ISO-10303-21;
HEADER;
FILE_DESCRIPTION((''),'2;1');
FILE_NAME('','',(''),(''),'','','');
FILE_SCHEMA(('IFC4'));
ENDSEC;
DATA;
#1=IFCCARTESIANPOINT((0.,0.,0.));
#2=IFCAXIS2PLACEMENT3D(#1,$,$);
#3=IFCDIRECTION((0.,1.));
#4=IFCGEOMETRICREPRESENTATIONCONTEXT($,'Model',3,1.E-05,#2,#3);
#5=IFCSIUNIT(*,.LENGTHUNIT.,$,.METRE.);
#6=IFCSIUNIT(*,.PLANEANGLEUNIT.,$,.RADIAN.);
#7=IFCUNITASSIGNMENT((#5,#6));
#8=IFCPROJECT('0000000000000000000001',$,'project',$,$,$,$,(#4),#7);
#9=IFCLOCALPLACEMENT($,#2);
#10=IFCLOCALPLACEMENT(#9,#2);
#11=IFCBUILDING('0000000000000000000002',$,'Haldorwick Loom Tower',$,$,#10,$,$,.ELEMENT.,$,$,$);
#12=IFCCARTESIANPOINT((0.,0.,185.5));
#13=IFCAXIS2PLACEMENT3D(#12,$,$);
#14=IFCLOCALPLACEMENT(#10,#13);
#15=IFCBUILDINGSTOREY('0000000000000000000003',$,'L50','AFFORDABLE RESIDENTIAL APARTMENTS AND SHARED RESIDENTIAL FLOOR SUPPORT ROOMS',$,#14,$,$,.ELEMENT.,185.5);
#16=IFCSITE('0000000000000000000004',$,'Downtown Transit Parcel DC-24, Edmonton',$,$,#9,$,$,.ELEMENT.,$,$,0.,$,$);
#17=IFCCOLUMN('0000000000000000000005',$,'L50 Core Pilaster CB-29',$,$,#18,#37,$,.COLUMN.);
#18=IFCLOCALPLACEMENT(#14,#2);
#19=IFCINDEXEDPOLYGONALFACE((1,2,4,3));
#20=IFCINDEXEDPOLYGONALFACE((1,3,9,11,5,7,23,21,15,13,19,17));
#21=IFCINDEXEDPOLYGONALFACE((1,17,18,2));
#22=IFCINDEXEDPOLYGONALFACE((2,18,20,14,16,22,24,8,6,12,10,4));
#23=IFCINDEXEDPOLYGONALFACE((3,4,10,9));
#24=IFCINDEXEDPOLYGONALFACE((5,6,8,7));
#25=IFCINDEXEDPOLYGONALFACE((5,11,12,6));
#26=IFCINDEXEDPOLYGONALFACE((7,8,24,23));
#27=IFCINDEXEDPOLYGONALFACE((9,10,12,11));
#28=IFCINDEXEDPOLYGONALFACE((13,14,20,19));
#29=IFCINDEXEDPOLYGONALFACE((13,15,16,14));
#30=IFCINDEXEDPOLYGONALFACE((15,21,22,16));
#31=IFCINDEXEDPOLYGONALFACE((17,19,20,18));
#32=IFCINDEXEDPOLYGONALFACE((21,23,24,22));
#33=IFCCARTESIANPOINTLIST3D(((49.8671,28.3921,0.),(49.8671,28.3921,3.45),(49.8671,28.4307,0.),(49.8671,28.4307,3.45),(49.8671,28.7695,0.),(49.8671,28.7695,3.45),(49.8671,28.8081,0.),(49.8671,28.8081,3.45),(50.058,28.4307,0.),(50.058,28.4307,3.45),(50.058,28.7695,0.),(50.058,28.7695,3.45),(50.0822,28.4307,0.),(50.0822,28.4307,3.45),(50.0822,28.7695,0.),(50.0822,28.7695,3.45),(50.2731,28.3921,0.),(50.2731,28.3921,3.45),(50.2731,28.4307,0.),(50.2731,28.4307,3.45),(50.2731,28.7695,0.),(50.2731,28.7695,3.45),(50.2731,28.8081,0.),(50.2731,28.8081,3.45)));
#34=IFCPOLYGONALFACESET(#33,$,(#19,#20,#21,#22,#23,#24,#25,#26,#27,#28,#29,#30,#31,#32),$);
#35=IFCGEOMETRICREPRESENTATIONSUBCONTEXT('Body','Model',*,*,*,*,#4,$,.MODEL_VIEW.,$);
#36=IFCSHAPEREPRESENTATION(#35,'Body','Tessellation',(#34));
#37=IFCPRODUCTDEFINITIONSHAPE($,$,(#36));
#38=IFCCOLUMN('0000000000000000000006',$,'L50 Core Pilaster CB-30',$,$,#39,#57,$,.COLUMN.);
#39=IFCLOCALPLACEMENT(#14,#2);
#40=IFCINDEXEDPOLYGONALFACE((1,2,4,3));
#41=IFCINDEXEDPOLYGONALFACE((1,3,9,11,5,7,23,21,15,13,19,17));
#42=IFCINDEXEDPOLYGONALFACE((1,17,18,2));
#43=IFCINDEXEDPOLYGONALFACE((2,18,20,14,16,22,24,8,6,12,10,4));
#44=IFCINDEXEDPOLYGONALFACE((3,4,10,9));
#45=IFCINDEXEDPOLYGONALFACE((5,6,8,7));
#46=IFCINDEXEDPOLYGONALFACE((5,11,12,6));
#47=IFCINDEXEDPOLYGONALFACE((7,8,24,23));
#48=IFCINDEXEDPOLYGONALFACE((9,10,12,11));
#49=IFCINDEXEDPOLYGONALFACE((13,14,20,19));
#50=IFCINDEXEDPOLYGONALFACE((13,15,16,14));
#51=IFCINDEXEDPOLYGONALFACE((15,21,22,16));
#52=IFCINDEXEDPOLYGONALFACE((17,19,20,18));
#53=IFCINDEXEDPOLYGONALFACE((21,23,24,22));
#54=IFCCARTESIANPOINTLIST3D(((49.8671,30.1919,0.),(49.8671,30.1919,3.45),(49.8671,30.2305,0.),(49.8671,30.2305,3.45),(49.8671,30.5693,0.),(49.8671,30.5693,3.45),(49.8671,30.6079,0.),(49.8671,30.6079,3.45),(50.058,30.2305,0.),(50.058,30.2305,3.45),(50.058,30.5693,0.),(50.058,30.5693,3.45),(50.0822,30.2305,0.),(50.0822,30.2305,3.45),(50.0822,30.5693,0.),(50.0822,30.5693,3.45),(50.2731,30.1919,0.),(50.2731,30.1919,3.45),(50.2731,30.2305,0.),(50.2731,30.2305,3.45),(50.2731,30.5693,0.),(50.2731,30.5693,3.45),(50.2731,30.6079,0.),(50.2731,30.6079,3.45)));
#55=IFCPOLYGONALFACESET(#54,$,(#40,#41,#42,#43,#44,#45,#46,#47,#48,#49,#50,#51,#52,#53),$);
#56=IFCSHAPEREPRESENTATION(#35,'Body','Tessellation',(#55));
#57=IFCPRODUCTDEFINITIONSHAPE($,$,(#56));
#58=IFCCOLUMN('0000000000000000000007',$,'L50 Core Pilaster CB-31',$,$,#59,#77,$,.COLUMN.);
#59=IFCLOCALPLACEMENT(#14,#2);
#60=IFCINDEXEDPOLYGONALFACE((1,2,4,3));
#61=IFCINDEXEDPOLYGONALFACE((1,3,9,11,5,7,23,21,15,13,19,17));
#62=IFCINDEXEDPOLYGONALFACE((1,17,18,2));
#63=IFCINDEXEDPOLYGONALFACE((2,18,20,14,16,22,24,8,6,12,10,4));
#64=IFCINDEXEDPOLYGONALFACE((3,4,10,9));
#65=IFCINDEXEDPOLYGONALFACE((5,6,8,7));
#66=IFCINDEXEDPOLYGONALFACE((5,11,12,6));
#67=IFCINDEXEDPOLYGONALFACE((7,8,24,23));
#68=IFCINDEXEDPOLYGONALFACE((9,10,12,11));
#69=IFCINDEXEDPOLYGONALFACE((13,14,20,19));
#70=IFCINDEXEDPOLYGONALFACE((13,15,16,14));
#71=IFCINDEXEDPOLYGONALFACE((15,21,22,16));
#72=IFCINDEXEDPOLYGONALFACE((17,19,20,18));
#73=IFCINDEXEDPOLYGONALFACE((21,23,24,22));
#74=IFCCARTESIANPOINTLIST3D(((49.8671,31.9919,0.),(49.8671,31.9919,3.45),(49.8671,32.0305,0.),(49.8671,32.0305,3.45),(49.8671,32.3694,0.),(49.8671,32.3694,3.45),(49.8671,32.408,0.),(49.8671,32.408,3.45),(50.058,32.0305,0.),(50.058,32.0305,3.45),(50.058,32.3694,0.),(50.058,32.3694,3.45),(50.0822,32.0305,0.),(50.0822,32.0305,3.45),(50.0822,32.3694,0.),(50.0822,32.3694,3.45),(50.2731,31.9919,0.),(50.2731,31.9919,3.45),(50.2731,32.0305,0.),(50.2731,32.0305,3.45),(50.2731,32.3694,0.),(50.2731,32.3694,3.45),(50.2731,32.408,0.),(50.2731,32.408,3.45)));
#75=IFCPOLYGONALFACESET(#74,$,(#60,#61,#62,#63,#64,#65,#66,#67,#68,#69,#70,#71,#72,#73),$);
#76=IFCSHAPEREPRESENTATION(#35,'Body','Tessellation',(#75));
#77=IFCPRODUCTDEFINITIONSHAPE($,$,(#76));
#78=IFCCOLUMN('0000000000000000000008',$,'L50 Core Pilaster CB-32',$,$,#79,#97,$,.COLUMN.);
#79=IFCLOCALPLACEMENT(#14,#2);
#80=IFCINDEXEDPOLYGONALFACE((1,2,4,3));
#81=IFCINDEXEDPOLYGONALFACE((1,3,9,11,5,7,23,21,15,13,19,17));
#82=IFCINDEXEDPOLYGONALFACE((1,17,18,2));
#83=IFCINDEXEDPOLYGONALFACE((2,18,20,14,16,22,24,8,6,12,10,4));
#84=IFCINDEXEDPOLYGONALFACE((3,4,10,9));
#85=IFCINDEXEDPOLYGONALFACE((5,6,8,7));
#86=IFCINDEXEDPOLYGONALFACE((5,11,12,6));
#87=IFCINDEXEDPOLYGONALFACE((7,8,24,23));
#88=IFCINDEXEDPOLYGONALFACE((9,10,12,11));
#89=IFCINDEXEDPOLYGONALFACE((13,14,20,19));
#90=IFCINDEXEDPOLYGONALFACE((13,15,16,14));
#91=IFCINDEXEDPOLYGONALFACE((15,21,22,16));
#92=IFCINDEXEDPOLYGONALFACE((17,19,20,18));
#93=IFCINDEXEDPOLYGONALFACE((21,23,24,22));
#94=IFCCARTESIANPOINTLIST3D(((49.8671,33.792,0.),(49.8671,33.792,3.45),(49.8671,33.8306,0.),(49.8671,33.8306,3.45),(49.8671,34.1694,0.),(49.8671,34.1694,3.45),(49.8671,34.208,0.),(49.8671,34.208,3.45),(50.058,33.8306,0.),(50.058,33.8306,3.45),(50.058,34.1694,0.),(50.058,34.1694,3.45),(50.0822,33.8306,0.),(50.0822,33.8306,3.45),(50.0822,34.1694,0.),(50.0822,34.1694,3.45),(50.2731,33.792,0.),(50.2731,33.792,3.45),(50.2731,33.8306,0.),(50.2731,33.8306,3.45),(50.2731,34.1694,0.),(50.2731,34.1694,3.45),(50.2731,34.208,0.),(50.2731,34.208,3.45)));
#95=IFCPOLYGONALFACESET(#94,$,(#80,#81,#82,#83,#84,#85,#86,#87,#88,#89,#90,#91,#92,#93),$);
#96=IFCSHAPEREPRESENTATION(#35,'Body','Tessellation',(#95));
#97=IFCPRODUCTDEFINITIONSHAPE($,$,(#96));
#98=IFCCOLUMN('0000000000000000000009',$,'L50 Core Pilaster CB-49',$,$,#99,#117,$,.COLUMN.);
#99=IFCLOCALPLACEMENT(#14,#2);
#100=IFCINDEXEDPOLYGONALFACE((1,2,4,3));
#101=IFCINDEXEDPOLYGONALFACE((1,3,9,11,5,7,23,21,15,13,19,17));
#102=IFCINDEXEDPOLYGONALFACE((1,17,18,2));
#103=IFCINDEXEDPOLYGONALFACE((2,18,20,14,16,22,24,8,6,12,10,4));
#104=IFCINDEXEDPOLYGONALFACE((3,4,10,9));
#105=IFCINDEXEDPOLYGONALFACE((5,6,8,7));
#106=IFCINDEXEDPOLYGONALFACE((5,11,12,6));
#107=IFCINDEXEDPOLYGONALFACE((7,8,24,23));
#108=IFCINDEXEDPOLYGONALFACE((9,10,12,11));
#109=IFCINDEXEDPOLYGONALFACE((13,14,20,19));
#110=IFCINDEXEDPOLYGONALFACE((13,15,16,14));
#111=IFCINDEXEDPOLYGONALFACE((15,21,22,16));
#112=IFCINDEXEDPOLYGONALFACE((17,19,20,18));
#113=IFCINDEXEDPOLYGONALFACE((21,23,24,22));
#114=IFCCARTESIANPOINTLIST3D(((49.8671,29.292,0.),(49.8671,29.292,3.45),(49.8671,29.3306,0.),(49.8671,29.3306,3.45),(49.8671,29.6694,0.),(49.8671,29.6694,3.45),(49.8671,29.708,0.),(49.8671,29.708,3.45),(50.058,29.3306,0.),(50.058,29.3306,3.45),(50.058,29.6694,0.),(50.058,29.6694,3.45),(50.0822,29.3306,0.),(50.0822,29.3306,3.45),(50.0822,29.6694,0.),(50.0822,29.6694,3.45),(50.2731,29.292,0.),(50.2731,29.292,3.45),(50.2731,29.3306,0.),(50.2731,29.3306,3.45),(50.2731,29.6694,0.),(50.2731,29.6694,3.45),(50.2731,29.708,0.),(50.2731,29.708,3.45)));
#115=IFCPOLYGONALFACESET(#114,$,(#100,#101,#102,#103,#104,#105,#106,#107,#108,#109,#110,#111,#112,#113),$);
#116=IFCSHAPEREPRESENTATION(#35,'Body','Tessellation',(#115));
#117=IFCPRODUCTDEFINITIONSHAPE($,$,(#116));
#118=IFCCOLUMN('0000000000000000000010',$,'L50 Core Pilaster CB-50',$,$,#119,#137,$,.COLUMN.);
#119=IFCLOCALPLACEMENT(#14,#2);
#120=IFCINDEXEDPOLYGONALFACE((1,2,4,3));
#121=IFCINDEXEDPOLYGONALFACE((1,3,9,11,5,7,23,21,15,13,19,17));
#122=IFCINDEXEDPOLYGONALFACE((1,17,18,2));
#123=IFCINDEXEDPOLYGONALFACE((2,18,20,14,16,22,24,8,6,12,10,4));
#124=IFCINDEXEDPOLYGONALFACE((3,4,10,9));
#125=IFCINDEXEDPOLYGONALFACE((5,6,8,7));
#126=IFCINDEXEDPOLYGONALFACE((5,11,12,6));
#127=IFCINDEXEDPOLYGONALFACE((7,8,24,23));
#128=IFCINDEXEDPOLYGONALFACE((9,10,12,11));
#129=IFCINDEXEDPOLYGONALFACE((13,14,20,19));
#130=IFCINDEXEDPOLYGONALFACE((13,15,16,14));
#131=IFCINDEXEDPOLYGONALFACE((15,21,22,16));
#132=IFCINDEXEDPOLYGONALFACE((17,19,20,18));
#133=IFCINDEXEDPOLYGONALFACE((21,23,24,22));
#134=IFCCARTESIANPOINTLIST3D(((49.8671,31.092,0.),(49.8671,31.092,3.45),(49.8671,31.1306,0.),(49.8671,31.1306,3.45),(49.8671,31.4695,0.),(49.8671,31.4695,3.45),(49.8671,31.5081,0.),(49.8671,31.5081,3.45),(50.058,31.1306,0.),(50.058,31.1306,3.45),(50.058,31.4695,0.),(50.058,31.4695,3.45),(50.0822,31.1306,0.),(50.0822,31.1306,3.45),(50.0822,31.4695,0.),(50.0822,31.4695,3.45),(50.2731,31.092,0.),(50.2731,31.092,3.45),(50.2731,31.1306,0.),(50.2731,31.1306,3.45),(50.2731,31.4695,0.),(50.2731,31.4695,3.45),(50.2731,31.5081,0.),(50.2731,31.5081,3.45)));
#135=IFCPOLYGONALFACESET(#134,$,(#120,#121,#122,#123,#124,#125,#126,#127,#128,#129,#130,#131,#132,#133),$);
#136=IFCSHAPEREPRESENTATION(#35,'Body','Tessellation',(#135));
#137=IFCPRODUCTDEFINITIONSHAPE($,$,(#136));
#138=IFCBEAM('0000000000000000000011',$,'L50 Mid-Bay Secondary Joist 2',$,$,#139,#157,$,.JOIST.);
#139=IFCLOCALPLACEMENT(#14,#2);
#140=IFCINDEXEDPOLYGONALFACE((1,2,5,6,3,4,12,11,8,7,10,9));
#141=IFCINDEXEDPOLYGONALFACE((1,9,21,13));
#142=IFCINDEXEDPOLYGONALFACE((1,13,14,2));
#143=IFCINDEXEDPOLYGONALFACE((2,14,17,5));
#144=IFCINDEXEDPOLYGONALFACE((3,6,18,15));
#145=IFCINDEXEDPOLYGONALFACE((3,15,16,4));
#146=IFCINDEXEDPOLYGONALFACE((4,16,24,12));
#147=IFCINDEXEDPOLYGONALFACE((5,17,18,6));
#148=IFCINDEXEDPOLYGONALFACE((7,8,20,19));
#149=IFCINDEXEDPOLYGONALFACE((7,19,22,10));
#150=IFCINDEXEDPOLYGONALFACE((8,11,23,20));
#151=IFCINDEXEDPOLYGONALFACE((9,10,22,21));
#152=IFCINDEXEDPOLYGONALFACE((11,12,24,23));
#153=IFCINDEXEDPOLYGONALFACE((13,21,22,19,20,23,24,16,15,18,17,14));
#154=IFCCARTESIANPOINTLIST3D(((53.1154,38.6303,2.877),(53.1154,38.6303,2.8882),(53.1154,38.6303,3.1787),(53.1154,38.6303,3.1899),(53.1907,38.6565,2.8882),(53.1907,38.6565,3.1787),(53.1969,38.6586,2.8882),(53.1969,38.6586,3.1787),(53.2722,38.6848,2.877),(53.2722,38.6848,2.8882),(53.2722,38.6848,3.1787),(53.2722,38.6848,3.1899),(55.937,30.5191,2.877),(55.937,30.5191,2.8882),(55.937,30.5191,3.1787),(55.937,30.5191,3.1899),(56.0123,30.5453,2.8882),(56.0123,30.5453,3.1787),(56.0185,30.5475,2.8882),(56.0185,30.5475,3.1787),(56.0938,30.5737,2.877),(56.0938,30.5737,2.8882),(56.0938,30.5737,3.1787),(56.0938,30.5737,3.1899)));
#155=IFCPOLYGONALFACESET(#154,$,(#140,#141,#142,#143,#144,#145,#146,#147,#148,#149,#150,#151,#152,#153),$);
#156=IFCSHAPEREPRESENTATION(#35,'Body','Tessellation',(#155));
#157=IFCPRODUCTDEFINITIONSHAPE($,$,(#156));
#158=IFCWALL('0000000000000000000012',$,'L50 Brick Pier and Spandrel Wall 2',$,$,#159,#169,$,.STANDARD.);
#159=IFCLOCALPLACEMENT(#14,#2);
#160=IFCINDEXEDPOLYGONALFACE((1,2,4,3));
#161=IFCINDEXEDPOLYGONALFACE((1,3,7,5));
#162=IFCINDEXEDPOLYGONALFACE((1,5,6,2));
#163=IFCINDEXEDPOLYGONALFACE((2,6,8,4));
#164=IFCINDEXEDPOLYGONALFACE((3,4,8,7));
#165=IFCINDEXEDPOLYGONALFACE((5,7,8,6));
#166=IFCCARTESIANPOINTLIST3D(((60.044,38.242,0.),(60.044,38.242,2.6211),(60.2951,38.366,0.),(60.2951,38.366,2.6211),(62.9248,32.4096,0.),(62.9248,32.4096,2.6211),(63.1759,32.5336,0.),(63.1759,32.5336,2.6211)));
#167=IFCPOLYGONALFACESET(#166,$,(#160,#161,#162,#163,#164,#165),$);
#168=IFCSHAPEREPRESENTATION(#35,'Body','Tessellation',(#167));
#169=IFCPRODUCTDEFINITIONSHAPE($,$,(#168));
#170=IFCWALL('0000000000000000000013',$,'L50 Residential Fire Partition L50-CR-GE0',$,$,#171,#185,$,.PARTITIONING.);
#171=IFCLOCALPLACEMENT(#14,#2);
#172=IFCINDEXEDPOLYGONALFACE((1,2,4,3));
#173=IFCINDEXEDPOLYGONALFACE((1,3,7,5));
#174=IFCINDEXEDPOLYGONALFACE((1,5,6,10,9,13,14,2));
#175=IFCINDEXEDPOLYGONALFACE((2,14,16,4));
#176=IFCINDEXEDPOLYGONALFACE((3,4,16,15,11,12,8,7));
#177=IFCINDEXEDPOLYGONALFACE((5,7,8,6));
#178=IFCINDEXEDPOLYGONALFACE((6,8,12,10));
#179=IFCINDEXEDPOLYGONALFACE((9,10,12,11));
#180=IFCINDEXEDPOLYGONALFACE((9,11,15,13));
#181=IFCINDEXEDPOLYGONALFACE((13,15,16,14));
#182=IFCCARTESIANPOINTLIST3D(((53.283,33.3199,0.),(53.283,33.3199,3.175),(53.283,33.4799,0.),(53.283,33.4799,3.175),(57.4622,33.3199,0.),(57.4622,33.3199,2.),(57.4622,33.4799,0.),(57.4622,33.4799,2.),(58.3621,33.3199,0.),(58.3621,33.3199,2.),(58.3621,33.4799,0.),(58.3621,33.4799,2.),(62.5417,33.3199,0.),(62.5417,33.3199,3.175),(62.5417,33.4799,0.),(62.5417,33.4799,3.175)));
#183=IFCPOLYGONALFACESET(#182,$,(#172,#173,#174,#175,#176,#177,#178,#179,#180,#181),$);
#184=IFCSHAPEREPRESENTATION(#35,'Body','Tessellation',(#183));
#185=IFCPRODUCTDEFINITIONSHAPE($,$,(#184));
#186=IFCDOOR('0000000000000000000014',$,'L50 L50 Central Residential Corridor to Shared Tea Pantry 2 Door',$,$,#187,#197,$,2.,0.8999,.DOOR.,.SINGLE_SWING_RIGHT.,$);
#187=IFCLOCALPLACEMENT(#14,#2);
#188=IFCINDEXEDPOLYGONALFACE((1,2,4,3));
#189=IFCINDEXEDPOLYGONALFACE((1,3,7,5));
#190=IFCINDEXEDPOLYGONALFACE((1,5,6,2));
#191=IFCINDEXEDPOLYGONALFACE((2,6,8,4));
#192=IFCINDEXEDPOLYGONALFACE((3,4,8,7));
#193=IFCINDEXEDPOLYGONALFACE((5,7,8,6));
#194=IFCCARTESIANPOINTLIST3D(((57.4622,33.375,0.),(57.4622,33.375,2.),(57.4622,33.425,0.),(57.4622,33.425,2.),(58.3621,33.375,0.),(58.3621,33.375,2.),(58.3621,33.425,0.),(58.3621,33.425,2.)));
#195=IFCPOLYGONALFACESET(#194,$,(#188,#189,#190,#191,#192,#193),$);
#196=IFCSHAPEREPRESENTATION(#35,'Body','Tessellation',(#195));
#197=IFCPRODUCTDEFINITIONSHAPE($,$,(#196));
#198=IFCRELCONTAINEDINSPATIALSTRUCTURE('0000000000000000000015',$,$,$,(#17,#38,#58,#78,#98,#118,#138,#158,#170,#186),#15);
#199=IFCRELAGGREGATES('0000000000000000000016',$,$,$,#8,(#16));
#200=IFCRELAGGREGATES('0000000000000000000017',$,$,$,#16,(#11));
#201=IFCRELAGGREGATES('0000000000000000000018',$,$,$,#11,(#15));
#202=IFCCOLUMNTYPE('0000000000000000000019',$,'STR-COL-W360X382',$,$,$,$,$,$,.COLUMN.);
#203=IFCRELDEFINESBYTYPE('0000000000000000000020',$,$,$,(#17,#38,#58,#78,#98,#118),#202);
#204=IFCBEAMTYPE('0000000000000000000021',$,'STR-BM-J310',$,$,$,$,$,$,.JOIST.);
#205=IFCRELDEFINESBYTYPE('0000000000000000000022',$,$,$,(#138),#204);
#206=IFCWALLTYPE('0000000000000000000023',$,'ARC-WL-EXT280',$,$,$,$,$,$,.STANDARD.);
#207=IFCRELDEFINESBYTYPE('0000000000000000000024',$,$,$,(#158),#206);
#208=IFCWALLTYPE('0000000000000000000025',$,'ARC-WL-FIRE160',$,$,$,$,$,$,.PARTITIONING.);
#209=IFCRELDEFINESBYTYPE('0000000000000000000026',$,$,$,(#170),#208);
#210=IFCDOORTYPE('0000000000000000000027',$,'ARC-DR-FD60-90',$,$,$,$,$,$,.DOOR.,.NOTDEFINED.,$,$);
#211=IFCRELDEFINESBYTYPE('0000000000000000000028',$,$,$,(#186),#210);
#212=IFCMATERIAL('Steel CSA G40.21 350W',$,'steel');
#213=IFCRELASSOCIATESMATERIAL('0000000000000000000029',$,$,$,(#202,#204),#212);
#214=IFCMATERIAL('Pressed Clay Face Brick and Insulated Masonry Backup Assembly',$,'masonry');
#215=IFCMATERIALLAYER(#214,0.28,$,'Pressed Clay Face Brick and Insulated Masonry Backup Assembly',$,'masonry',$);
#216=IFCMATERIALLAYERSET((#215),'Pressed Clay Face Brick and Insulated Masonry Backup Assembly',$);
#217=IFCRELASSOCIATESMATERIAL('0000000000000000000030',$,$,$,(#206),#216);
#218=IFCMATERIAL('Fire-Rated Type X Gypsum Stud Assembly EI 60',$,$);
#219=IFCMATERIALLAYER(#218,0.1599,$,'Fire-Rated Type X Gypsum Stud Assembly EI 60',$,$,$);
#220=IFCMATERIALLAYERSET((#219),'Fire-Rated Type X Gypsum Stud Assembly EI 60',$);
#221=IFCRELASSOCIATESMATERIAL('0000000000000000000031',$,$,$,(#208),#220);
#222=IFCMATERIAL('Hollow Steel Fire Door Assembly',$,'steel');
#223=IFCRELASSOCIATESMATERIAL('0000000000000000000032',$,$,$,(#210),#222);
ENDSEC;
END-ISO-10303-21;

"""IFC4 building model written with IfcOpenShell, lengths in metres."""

from ifc_helpers import new_model, si_unit, direction, frame, frame_2d, origin, origin_2d, place, context, subcontext, project, spatial, rectangle, i_section, extrude, material, layer, layer_set, material_profile, profile_set, type_object, element, fill, save


model = new_model("IFC4")

# Units and contexts
model_context = context("Model", 3, precision=1e-05, world=origin(), true_north=direction((0.0, 1.0)))
body_context = subcontext(model_context, "Body", "Model", "MODEL_VIEW")
ifc_project = project(units=[si_unit("LENGTHUNIT", "METRE"), si_unit("PLANEANGLEUNIT", "RADIAN")], contexts=[model_context])

# Site, building, storey
site_placement = place(None, origin())
site = spatial("IfcSite", under=ifc_project, at=site_placement, Name="Downtown Transit Parcel DC-24, Edmonton", CompositionType="ELEMENT", RefElevation=0.0)
building_placement = place(site_placement, origin())
building = spatial("IfcBuilding", under=site, at=building_placement, Name="Haldorwick Loom Tower", CompositionType="ELEMENT")
storey_placement = place(building_placement, frame((0.0, 0.0, 185.5)))
storey = spatial("IfcBuildingStorey", under=building, at=storey_placement, Name="L50", Description="AFFORDABLE RESIDENTIAL APARTMENTS AND SHARED RESIDENTIAL FLOOR SUPPORT ROOMS", CompositionType="ELEMENT", Elevation=185.5)

# Columns
ifc_material_1 = material(Name="Steel CSA G40.21 350W", Category="steel")
ifc_material_profile_1 = material_profile(ifc_material_1, i_section(OverallWidth=0.406, OverallDepth=0.416, WebThickness=0.0242, FlangeThickness=0.0386, at=origin_2d()), Name="W360X382", Category="steel")
ifc_profile_set_1 = profile_set([ifc_material_profile_1], Name="Steel CSA G40.21 350W")
column_type = type_object("IfcColumnType", Name="STR-COL-W360X382", PredefinedType="COLUMN", material=ifc_profile_set_1)
for number, where, z_axis, x_axis, name in (
    (1, (50.0701, 28.6001, 0.0), (0.0, 0.0, 1.0), (1.0, 0.0, 0.0), "L50 Core Pilaster CB-29"),
    (2, (50.0701, 30.3999, 0.0), (0.0, 0.0, 1.0), (1.0, 0.0, 0.0), "L50 Core Pilaster CB-30"),
    (3, (50.0701, 32.2, 0.0), (0.0, 0.0, 1.0), (1.0, 0.0, 0.0), "L50 Core Pilaster CB-31"),
    (4, (50.0701, 34.0, 0.0), (0.0, 0.0, 1.0), (1.0, 0.0, 0.0), "L50 Core Pilaster CB-32"),
    (5, (50.0701, 29.5, 0.0), (0.0, 0.0, 1.0), (1.0, 0.0, 0.0), "L50 Core Pilaster CB-49"),
    (6, (50.0701, 31.3, 0.0), (0.0, 0.0, 1.0), (1.0, 0.0, 0.0), "L50 Core Pilaster CB-50"),
):
    element("IfcColumn", number, at=place(storey_placement, frame(where, z_axis=z_axis, x_axis=x_axis)), inside=storey, type_object=column_type, Name=name, PredefinedType="COLUMN", context=body_context, shape_type="SweptSolid", body=[
        extrude(i_section(OverallWidth=0.406, OverallDepth=0.416, WebThickness=0.0242, FlangeThickness=0.0386, at=origin_2d()), origin(), (0.0, 0.0, 1.0), 3.45),
    ])

# Beam
ifc_material_profile_2 = material_profile(ifc_material_1, i_section(OverallWidth=0.166, OverallDepth=0.313, WebThickness=0.0066, FlangeThickness=0.0112, at=origin_2d()), Name="W310X45", Category="steel")
ifc_profile_set_2 = profile_set([ifc_material_profile_2], Name="Steel CSA G40.21 350W")
beam_type = type_object("IfcBeamType", Name="STR-BM-J310", PredefinedType="JOIST", material=ifc_profile_set_2)
beam_placement = place(storey_placement, frame((56.0154, 30.5464, 3.0334), z_axis=(-0.32855, 0.944486, 0.0), x_axis=(-0.944486, -0.32855, 0.0)))
element("IfcBeam", 7, at=beam_placement, inside=storey, type_object=beam_type, Name="L50 Mid-Bay Secondary Joist 2", PredefinedType="JOIST", context=body_context, shape_type="SweptSolid", body=[
    extrude(i_section(OverallWidth=0.166, OverallDepth=0.313, WebThickness=0.0066, FlangeThickness=0.0112, at=origin_2d()), origin(), (0.0, 0.0, 1.0), 8.5879),
])

# Wall
ifc_material_2 = material(Name="Pressed Clay Face Brick and Insulated Masonry Backup Assembly", Category="masonry")
ifc_layer_1 = layer(ifc_material_2, 0.28, Name="Pressed Clay Face Brick and Insulated Masonry Backup Assembly", Category="masonry")
ifc_layer_set_1 = layer_set([ifc_layer_1], Name="Pressed Clay Face Brick and Insulated Masonry Backup Assembly")
wall_type_1 = type_object("IfcWallType", Name="ARC-WL-EXT280", PredefinedType="STANDARD", material=ifc_layer_set_1)
wall_1_placement = place(storey_placement, frame((63.0503, 32.4717, 0.0), z_axis=(0.0, 0.0, 1.0), x_axis=(-0.442855, 0.896593, 0.0)))
element("IfcWall", 8, at=wall_1_placement, inside=storey, type_object=wall_type_1, Name="L50 Brick Pier and Spandrel Wall 2", PredefinedType="STANDARD", context=body_context, shape_type="SweptSolid", body=[
    extrude(rectangle(XDim=6.5051, YDim=0.28, at=frame_2d((3.2524, 0.0))), origin(), (0.0, 0.0, 1.0), 2.6211),
])

# Wall, opening, door
ifc_material_3 = material(Name="Fire-Rated Type X Gypsum Stud Assembly EI 60")
ifc_layer_2 = layer(ifc_material_3, 0.1599, Name="Fire-Rated Type X Gypsum Stud Assembly EI 60")
ifc_layer_set_2 = layer_set([ifc_layer_2], Name="Fire-Rated Type X Gypsum Stud Assembly EI 60")
wall_type_2 = type_object("IfcWallType", Name="ARC-WL-FIRE160", PredefinedType="PARTITIONING", material=ifc_layer_set_2)
wall_2_placement = place(storey_placement, frame((53.283, 33.3999, 0.0), z_axis=(0.0, 0.0, 1.0), x_axis=(1.0, 0.0, 0.0)))
wall_2 = element("IfcWall", 9, at=wall_2_placement, inside=storey, type_object=wall_type_2, Name="L50 Residential Fire Partition L50-CR-GE0", PredefinedType="PARTITIONING", context=body_context, shape_type="SweptSolid", body=[
    extrude(rectangle(XDim=9.2588, YDim=0.1599, at=frame_2d((4.6294, 0.0))), origin(), (0.0, 0.0, 1.0), 3.175),
])
opening_placement = place(wall_2_placement, frame((4.1792, 0.0, 0.0)))
opening = element("IfcOpeningElement", 10, at=opening_placement, cuts=wall_2, PredefinedType="OPENING", context=body_context, shape_type="SweptSolid", body=[
    extrude(rectangle(XDim=0.8999, YDim=2.0, at=frame_2d((0.45, 1.0))), frame((0.0, 0.0898, 0.0), z_axis=(0.0, -1.0, 0.0), x_axis=(1.0, 0.0, 0.0)), (0.0, 0.0, 1.0), 0.1799),
])
ifc_material_4 = material(Name="Hollow Steel Fire Door Assembly", Category="steel")
door_type = type_object("IfcDoorType", Name="ARC-DR-FD60-90", OperationType="NOTDEFINED", PredefinedType="DOOR", material=ifc_material_4)
door_placement = place(opening_placement, frame((0.8999, 0.0, 0.0), z_axis=(0.0, 0.0, 1.0), x_axis=(-1.0, 0.0, 0.0)))
door = element("IfcDoor", 11, at=door_placement, inside=storey, type_object=door_type, Name="L50 L50 Central Residential Corridor to Shared Tea Pantry 2 Door", OperationType="SINGLE_SWING_RIGHT", OverallHeight=2.0, OverallWidth=0.8999, PredefinedType="DOOR", context=body_context, shape_type="SweptSolid", body=[
    extrude(rectangle(XDim=0.8999, YDim=2.0, at=frame_2d((0.45, 1.0))), frame((0.0, 0.0249, 0.0), z_axis=(0.0, -1.0, 0.0), x_axis=(1.0, 0.0, 0.0)), (0.0, 0.0, 1.0), 0.05),
])
fill(opening, door)

save(model, "model.ifc")
